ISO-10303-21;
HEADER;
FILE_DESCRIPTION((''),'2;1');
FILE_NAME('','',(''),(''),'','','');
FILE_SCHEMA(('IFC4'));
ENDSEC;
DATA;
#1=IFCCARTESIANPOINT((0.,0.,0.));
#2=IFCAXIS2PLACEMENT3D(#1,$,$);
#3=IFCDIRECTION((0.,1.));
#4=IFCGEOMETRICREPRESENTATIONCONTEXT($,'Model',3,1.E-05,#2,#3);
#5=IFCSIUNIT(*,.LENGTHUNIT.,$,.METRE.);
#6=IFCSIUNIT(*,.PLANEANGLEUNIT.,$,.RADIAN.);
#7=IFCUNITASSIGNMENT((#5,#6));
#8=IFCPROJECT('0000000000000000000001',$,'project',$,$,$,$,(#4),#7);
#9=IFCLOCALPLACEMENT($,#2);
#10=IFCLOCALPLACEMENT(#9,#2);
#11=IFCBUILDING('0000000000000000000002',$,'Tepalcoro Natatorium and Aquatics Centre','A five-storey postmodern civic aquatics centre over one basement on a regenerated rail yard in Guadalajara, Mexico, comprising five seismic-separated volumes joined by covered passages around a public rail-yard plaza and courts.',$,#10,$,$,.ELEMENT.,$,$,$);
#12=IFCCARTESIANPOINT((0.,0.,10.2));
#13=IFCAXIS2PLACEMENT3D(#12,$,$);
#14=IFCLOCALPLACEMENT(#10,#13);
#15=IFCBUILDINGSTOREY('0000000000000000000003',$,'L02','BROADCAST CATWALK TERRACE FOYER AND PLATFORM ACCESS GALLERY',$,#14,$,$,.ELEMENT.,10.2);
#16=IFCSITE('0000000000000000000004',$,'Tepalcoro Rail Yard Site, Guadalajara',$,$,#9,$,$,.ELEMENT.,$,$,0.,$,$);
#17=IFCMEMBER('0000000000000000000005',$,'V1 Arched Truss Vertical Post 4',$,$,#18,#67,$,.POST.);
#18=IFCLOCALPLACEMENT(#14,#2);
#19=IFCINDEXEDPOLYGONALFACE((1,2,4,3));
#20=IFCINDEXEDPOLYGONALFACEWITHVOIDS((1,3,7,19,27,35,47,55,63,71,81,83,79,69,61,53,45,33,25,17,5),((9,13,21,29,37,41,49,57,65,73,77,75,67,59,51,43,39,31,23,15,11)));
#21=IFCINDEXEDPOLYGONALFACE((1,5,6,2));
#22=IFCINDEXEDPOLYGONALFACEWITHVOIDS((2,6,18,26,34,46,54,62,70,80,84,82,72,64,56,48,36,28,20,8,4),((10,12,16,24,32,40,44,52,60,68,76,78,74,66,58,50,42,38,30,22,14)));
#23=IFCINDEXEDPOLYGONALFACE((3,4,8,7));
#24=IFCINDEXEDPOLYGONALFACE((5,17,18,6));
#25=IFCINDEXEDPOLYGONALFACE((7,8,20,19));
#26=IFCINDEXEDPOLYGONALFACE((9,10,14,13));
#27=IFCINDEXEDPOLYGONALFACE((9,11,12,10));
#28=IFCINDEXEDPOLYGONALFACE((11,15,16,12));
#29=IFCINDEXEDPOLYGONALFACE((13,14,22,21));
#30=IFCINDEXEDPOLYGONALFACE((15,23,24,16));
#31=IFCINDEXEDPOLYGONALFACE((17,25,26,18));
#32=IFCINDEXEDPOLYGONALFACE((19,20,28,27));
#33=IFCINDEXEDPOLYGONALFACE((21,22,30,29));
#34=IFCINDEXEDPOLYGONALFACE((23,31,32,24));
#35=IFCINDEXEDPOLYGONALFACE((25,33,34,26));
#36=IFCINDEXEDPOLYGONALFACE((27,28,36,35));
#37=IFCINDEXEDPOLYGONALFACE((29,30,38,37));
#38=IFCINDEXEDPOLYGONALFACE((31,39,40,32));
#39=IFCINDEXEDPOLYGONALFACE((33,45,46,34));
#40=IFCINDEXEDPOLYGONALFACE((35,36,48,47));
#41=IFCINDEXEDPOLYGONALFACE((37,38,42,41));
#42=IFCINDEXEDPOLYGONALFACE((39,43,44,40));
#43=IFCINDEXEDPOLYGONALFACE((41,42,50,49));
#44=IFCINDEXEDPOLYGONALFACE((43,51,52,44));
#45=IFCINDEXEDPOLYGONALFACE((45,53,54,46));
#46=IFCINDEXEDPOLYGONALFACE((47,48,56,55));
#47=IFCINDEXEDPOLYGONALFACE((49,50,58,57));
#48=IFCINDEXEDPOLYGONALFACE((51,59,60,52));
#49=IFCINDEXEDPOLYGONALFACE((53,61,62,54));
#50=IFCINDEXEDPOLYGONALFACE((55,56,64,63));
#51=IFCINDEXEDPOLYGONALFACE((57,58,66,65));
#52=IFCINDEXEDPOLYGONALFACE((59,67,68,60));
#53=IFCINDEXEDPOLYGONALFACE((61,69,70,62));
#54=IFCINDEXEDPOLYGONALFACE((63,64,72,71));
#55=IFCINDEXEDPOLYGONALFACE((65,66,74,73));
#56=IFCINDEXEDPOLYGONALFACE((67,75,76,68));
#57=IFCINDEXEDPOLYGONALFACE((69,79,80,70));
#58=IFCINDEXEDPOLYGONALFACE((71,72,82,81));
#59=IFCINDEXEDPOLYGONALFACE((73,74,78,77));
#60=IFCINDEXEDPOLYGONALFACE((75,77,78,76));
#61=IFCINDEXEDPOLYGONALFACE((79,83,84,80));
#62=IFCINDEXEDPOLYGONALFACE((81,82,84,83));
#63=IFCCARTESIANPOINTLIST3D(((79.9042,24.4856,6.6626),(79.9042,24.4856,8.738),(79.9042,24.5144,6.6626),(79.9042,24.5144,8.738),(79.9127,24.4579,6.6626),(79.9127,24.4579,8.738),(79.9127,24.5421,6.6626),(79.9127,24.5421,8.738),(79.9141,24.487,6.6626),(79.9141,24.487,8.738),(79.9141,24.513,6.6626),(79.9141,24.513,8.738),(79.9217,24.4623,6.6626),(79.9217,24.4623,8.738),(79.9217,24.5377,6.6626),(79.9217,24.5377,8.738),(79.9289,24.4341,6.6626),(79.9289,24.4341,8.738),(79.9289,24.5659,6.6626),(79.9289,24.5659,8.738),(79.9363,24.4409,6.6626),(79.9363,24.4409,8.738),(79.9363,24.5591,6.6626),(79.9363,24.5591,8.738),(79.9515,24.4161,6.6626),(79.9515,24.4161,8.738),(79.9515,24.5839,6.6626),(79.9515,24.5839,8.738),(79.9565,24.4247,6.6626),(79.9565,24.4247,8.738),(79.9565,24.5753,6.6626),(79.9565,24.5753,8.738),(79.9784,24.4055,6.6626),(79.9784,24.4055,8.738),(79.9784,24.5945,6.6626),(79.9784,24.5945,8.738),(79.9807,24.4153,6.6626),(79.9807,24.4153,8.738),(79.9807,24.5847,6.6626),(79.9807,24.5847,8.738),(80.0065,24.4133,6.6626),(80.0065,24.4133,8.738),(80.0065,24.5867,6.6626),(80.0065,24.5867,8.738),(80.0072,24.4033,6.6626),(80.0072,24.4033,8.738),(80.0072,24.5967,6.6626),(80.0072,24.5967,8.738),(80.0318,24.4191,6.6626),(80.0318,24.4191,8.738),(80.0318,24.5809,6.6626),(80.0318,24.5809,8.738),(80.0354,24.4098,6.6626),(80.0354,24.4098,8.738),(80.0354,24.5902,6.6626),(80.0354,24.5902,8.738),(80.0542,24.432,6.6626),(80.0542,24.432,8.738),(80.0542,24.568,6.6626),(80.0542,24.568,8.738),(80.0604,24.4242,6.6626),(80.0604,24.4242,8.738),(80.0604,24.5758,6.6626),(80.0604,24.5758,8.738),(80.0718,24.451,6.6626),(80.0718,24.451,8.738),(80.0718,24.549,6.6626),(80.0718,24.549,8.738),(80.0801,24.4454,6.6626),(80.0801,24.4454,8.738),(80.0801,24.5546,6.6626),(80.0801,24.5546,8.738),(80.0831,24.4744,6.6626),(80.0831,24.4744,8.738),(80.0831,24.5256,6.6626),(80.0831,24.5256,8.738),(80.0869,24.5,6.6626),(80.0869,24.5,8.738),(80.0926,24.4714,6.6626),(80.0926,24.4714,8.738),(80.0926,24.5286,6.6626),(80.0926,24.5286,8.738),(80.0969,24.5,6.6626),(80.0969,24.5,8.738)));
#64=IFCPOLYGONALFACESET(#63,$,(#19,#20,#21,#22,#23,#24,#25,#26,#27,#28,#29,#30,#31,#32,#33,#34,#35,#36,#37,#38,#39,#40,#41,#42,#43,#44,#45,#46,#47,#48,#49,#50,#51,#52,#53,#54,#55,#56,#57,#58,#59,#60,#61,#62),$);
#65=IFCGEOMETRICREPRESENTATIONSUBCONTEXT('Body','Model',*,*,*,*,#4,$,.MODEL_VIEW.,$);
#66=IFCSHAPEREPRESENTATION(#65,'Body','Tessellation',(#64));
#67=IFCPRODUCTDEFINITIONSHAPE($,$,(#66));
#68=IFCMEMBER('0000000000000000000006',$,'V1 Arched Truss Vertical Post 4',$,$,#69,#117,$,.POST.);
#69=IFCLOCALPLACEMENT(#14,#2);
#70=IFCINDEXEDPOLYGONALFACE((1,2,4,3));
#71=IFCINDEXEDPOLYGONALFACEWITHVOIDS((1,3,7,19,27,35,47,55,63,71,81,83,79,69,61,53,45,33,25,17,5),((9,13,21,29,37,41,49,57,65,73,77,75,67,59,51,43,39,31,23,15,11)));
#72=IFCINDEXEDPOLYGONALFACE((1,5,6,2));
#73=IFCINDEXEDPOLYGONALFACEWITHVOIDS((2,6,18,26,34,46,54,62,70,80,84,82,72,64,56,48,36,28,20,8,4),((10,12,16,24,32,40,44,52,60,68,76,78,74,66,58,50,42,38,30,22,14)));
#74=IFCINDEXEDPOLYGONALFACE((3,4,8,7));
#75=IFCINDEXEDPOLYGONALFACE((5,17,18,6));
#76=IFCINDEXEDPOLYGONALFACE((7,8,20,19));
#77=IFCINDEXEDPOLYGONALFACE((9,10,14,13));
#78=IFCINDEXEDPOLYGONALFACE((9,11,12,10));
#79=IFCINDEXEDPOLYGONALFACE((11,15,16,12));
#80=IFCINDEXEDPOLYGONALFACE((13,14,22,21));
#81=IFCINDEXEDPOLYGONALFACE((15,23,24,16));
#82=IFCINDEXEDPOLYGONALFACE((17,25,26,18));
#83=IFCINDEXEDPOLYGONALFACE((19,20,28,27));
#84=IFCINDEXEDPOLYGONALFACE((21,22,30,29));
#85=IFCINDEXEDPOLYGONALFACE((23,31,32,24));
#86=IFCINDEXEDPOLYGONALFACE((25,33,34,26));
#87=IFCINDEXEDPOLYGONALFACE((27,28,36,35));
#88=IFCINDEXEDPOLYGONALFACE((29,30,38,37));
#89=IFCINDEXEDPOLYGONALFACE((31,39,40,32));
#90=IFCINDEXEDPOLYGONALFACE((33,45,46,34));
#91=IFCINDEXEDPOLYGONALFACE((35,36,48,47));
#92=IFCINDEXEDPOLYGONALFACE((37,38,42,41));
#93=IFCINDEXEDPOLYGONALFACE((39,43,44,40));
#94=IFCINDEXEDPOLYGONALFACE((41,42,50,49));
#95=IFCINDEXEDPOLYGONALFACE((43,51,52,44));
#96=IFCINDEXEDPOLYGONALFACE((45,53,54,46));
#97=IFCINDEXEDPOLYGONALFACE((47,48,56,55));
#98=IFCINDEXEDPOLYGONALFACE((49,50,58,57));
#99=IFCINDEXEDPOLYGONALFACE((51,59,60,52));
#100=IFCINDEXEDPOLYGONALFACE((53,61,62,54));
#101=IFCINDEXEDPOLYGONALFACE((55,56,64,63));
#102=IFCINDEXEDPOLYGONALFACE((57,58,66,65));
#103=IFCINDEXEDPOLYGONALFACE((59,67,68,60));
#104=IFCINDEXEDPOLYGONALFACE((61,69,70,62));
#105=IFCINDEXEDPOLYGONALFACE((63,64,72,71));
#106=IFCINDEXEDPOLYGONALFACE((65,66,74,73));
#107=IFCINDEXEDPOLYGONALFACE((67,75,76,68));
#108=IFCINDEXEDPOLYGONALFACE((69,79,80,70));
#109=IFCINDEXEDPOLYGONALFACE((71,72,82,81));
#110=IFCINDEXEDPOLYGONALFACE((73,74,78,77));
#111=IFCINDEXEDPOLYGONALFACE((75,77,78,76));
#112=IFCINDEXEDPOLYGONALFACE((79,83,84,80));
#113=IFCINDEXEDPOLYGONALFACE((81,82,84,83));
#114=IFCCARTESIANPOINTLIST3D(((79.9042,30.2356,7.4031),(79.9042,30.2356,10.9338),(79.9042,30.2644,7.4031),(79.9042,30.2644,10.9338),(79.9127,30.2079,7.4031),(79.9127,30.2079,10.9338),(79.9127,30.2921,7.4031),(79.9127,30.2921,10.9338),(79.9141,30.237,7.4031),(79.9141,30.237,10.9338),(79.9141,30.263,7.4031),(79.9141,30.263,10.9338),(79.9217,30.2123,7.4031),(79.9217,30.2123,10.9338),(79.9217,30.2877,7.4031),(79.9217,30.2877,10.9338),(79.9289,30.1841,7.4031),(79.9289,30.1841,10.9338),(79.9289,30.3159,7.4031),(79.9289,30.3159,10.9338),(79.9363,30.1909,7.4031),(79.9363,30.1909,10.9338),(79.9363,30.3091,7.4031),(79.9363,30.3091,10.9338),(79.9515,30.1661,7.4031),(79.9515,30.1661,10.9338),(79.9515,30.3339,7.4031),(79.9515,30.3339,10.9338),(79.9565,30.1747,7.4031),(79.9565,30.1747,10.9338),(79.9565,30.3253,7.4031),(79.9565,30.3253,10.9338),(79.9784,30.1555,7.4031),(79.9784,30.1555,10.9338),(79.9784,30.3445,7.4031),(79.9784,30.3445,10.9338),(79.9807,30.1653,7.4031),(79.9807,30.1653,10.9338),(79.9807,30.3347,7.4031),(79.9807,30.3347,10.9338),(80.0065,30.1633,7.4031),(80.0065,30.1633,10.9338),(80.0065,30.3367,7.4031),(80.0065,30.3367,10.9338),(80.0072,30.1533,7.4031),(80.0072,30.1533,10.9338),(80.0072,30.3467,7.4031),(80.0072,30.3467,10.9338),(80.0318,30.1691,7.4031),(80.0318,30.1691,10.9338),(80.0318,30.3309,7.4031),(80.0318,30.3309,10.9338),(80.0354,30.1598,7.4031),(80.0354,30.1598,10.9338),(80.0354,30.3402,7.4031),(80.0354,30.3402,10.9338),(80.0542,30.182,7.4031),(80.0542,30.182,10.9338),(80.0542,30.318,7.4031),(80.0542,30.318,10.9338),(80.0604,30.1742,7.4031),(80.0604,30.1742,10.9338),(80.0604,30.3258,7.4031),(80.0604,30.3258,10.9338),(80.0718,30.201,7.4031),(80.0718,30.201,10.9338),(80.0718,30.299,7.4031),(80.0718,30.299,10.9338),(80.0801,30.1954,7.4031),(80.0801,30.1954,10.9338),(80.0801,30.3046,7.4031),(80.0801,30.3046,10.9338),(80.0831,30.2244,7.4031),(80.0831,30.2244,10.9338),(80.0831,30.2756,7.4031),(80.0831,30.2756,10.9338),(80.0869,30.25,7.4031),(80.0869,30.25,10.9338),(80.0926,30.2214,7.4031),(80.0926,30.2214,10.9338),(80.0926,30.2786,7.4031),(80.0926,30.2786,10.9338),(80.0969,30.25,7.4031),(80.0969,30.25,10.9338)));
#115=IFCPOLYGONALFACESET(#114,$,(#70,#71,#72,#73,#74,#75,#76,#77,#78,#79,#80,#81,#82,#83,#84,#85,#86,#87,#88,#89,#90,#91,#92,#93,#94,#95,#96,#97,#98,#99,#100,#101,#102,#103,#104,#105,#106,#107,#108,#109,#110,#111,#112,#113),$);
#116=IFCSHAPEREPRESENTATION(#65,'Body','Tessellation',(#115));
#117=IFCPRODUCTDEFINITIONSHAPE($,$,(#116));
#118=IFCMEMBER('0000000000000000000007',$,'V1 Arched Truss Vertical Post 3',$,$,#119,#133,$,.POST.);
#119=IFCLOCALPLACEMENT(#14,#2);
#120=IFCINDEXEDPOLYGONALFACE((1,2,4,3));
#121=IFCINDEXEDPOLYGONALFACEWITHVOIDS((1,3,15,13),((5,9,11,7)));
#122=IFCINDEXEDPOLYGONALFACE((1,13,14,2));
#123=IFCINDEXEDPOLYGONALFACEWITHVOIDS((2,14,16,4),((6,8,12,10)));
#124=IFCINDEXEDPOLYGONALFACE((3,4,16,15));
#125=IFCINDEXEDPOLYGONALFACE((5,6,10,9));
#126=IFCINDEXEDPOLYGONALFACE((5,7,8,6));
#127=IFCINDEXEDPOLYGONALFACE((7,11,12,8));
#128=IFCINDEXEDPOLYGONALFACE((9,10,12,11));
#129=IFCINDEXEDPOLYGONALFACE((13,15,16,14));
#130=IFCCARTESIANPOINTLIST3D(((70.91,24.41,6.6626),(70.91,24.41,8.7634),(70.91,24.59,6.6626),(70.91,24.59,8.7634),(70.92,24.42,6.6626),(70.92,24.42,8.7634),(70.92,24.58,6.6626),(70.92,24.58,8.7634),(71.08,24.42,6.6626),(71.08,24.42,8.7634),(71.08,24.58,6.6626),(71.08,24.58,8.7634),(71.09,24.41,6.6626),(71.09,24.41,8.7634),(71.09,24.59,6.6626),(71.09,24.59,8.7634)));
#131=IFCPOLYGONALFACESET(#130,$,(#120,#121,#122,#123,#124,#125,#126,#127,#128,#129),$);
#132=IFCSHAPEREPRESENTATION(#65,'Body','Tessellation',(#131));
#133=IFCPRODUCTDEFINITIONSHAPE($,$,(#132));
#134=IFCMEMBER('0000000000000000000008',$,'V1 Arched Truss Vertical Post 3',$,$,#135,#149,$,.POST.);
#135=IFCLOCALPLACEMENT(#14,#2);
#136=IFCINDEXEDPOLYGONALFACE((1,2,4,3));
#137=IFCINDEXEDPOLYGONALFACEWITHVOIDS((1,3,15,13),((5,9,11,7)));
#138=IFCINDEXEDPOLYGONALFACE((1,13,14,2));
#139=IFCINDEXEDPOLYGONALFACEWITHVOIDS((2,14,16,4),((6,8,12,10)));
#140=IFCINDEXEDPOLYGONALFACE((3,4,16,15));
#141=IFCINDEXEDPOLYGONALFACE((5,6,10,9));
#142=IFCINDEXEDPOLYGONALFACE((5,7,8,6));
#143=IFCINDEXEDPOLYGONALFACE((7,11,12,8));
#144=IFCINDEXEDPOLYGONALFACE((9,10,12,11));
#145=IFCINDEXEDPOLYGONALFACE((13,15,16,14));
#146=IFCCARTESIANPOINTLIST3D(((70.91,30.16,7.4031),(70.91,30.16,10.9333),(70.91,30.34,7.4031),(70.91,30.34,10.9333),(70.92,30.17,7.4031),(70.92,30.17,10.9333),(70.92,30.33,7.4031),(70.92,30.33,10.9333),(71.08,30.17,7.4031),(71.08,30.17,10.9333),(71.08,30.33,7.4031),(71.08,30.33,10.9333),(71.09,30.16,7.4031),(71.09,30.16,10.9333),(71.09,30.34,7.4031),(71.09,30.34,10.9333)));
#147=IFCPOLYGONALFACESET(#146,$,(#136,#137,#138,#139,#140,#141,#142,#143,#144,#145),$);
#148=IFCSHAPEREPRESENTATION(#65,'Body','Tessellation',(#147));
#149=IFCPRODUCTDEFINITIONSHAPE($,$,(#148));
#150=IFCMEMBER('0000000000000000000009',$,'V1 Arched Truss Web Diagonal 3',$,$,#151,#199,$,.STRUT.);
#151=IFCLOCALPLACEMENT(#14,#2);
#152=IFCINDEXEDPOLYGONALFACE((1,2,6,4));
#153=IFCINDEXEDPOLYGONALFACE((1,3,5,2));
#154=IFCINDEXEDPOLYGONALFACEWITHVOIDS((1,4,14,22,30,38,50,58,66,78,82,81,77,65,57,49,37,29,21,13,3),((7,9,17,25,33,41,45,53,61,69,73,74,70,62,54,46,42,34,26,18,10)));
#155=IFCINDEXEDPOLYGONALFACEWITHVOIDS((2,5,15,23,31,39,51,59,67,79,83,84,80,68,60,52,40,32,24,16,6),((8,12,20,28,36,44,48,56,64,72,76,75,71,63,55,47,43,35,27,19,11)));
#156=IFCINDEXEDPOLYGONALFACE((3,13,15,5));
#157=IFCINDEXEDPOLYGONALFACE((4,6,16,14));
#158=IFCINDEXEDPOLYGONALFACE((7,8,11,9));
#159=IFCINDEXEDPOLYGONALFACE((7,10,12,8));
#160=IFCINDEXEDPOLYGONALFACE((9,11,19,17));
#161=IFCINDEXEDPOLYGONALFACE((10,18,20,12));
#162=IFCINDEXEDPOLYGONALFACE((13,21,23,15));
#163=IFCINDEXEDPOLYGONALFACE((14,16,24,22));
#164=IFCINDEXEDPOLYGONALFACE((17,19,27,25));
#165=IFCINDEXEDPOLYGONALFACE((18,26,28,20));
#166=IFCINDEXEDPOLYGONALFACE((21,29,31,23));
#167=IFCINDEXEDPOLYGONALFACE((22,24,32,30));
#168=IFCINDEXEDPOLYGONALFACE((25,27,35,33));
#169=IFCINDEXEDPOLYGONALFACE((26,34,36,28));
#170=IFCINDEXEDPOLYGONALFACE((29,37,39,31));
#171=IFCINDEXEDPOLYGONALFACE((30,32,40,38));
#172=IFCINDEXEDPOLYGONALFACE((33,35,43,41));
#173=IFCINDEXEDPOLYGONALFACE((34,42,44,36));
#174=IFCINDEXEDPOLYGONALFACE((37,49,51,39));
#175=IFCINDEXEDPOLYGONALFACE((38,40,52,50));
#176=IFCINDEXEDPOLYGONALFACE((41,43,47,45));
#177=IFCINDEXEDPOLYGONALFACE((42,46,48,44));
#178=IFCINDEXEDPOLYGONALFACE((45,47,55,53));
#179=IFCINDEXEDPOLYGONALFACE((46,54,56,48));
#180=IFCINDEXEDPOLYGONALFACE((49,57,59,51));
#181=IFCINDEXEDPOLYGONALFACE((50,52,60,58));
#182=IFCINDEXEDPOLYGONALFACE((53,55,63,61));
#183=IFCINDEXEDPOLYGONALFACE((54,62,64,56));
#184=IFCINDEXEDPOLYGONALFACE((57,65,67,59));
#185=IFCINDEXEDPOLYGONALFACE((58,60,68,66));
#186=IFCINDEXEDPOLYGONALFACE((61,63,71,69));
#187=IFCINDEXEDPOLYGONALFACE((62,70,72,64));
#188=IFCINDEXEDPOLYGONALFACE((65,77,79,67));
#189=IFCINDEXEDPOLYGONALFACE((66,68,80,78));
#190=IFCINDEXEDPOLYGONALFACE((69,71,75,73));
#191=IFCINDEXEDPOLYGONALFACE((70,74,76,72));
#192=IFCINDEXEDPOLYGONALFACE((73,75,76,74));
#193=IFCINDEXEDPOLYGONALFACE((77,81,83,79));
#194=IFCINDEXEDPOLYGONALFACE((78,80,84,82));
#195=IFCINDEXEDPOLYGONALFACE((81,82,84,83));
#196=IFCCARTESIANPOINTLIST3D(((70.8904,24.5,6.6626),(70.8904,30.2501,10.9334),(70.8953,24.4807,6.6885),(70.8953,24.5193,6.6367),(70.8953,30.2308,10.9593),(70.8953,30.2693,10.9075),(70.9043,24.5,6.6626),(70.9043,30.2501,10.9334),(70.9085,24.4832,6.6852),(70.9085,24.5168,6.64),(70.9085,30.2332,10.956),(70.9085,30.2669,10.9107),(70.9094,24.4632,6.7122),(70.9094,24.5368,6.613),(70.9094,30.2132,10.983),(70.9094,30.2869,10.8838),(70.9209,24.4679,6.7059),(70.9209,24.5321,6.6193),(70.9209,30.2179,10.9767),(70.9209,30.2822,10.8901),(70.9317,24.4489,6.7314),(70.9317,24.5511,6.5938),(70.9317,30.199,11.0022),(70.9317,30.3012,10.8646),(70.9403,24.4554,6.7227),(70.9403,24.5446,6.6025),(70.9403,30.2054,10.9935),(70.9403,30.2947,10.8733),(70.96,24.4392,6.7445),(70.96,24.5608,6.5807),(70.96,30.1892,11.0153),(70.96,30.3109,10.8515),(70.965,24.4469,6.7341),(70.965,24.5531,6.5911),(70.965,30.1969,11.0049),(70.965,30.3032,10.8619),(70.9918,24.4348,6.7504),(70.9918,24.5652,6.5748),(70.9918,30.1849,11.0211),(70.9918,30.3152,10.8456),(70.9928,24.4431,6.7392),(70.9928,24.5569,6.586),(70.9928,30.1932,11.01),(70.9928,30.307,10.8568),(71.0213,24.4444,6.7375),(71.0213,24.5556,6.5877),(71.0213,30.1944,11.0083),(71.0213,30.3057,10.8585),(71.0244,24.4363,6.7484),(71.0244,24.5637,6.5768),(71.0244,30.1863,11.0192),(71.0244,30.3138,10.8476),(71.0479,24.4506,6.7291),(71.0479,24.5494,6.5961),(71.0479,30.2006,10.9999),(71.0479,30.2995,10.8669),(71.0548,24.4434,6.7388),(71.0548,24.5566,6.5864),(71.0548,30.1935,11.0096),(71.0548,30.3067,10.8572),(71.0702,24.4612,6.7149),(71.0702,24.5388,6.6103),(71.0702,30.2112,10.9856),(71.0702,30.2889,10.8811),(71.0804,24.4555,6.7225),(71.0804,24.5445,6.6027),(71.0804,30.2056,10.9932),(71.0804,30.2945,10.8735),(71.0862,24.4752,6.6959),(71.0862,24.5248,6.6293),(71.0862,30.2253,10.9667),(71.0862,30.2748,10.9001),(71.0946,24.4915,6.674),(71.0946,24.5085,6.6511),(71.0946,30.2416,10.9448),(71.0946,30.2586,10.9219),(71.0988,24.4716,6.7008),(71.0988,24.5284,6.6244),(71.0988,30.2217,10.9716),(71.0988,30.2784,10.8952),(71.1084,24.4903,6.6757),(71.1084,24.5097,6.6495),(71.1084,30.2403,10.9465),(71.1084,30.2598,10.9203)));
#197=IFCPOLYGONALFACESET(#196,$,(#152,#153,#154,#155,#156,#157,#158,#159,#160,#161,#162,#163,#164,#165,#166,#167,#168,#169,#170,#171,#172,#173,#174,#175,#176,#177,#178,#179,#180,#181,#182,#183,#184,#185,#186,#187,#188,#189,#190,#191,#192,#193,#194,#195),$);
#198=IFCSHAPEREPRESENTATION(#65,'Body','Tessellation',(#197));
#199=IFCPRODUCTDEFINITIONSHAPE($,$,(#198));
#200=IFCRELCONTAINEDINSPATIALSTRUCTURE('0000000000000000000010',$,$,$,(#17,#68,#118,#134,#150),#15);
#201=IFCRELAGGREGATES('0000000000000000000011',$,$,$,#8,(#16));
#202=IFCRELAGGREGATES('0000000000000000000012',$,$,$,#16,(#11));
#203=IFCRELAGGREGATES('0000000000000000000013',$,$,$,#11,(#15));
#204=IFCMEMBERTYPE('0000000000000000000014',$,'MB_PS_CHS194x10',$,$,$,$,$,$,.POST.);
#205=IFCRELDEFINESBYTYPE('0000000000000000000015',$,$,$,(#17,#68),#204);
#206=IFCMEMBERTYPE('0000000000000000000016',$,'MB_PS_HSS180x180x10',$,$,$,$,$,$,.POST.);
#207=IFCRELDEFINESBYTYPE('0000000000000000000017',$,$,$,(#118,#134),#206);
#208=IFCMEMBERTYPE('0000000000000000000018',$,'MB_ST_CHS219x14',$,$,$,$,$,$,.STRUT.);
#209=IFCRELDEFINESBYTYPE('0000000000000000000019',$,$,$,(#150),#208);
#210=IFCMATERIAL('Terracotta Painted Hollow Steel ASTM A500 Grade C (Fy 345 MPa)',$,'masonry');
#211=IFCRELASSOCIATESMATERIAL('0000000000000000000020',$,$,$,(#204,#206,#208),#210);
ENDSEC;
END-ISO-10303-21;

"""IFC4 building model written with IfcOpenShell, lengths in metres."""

from ifc_helpers import new_model, si_unit, direction, frame, origin, origin_2d, place, context, subcontext, project, spatial, hollow_rectangle, hollow_circle, extrude, material, material_profile, profile_set, type_object, element, save


model = new_model("IFC4")

# Units and contexts
model_context = context("Model", 3, precision=1e-05, world=origin(), true_north=direction((0.0, 1.0)))
body_context = subcontext(model_context, "Body", "Model", "MODEL_VIEW")
ifc_project = project(units=[si_unit("LENGTHUNIT", "METRE"), si_unit("PLANEANGLEUNIT", "RADIAN")], contexts=[model_context])

# Site, building, storey
site_placement = place(None, origin())
site = spatial("IfcSite", under=ifc_project, at=site_placement, Name="Tepalcoro Rail Yard Site, Guadalajara", CompositionType="ELEMENT", RefElevation=0.0)
building_placement = place(site_placement, origin())
building = spatial("IfcBuilding", under=site, at=building_placement, Name="Tepalcoro Natatorium and Aquatics Centre", Description="A five-storey postmodern civic aquatics centre over one basement on a regenerated rail yard in Guadalajara, Mexico, comprising five seismic-separated volumes joined by covered passages around a public rail-yard plaza and courts.", CompositionType="ELEMENT")
storey_placement = place(building_placement, frame((0.0, 0.0, 10.2)))
storey = spatial("IfcBuildingStorey", under=building, at=storey_placement, Name="L02", Description="BROADCAST CATWALK TERRACE FOYER AND PLATFORM ACCESS GALLERY", CompositionType="ELEMENT", Elevation=10.2)

# Shared definitions
ifc_material_1 = material(Name="Terracotta Painted Hollow Steel ASTM A500 Grade C (Fy 345 MPa)", Category="masonry")

# Members
ifc_material_profile_1 = material_profile(ifc_material_1, hollow_circle(Radius=0.0969, WallThickness=0.01, at=origin_2d()), Name="CHS194X10")
ifc_profile_set_1 = profile_set([ifc_material_profile_1], Name="Terracotta Painted Hollow Steel ASTM A500 Grade C (Fy 345 MPa)")
member_type_1 = type_object("IfcMemberType", Name="MB_PS_CHS194x10", PredefinedType="POST", material=ifc_profile_set_1)
member_1_placement = place(storey_placement, frame((80.0, 24.5, 6.6626), z_axis=(0.0, 0.0, 1.0), x_axis=(1.0, 0.0, 0.0)))
element("IfcMember", 1, at=member_1_placement, inside=storey, type_object=member_type_1, Name="V1 Arched Truss Vertical Post 4", PredefinedType="POST", context=body_context, shape_type="SweptSolid", body=[
    extrude(hollow_circle(Radius=0.0969, WallThickness=0.01, at=origin_2d()), origin(), (0.0, 0.0, 1.0), 2.0754),
])
member_2_placement = place(storey_placement, frame((80.0, 30.25, 7.4031), z_axis=(0.0, 0.0, 1.0), x_axis=(1.0, 0.0, 0.0)))
element("IfcMember", 2, at=member_2_placement, inside=storey, type_object=member_type_1, Name="V1 Arched Truss Vertical Post 4", PredefinedType="POST", context=body_context, shape_type="SweptSolid", body=[
    extrude(hollow_circle(Radius=0.0969, WallThickness=0.01, at=origin_2d()), origin(), (0.0, 0.0, 1.0), 3.5308),
])
ifc_material_profile_2 = material_profile(ifc_material_1, hollow_rectangle(XDim=0.1799, YDim=0.1799, WallThickness=0.01, at=origin_2d()), Name="HSS180X180X10")
ifc_profile_set_2 = profile_set([ifc_material_profile_2], Name="Terracotta Painted Hollow Steel ASTM A500 Grade C (Fy 345 MPa)")
member_type_2 = type_object("IfcMemberType", Name="MB_PS_HSS180x180x10", PredefinedType="POST", material=ifc_profile_set_2)
member_3_placement = place(storey_placement, frame((71.0, 24.5, 6.6626), z_axis=(0.0, 0.0, 1.0), x_axis=(1.0, 0.0, 0.0)))
element("IfcMember", 3, at=member_3_placement, inside=storey, type_object=member_type_2, Name="V1 Arched Truss Vertical Post 3", PredefinedType="POST", context=body_context, shape_type="SweptSolid", body=[
    extrude(hollow_rectangle(XDim=0.1799, YDim=0.1799, WallThickness=0.01, at=origin_2d()), origin(), (0.0, 0.0, 1.0), 2.1008),
])
member_4_placement = place(storey_placement, frame((71.0, 30.25, 7.4031), z_axis=(0.0, 0.0, 1.0), x_axis=(1.0, 0.0, 0.0)))
element("IfcMember", 4, at=member_4_placement, inside=storey, type_object=member_type_2, Name="V1 Arched Truss Vertical Post 3", PredefinedType="POST", context=body_context, shape_type="SweptSolid", body=[
    extrude(hollow_rectangle(XDim=0.1799, YDim=0.1799, WallThickness=0.01, at=origin_2d()), origin(), (0.0, 0.0, 1.0), 3.5303),
])
ifc_material_profile_3 = material_profile(ifc_material_1, hollow_circle(Radius=0.1096, WallThickness=0.0139, at=origin_2d()), Name="CHS219X14")
ifc_profile_set_3 = profile_set([ifc_material_profile_3], Name="Terracotta Painted Hollow Steel ASTM A500 Grade C (Fy 345 MPa)")
member_type_3 = type_object("IfcMemberType", Name="MB_ST_CHS219x14", PredefinedType="STRUT", material=ifc_profile_set_3)
member_5_placement = place(storey_placement, frame((71.0, 24.5, 6.6626), z_axis=(0.0, 0.802789, 0.596263), x_axis=(-1.0, 0.0, 0.0)))
element("IfcMember", 5, at=member_5_placement, inside=storey, type_object=member_type_3, Name="V1 Arched Truss Web Diagonal 3", PredefinedType="STRUT", context=body_context, shape_type="SweptSolid", body=[
    extrude(hollow_circle(Radius=0.1096, WallThickness=0.0139, at=origin_2d()), origin(), (0.0, 0.0, 1.0), 7.1626),
])

save(model, "model.ifc")
